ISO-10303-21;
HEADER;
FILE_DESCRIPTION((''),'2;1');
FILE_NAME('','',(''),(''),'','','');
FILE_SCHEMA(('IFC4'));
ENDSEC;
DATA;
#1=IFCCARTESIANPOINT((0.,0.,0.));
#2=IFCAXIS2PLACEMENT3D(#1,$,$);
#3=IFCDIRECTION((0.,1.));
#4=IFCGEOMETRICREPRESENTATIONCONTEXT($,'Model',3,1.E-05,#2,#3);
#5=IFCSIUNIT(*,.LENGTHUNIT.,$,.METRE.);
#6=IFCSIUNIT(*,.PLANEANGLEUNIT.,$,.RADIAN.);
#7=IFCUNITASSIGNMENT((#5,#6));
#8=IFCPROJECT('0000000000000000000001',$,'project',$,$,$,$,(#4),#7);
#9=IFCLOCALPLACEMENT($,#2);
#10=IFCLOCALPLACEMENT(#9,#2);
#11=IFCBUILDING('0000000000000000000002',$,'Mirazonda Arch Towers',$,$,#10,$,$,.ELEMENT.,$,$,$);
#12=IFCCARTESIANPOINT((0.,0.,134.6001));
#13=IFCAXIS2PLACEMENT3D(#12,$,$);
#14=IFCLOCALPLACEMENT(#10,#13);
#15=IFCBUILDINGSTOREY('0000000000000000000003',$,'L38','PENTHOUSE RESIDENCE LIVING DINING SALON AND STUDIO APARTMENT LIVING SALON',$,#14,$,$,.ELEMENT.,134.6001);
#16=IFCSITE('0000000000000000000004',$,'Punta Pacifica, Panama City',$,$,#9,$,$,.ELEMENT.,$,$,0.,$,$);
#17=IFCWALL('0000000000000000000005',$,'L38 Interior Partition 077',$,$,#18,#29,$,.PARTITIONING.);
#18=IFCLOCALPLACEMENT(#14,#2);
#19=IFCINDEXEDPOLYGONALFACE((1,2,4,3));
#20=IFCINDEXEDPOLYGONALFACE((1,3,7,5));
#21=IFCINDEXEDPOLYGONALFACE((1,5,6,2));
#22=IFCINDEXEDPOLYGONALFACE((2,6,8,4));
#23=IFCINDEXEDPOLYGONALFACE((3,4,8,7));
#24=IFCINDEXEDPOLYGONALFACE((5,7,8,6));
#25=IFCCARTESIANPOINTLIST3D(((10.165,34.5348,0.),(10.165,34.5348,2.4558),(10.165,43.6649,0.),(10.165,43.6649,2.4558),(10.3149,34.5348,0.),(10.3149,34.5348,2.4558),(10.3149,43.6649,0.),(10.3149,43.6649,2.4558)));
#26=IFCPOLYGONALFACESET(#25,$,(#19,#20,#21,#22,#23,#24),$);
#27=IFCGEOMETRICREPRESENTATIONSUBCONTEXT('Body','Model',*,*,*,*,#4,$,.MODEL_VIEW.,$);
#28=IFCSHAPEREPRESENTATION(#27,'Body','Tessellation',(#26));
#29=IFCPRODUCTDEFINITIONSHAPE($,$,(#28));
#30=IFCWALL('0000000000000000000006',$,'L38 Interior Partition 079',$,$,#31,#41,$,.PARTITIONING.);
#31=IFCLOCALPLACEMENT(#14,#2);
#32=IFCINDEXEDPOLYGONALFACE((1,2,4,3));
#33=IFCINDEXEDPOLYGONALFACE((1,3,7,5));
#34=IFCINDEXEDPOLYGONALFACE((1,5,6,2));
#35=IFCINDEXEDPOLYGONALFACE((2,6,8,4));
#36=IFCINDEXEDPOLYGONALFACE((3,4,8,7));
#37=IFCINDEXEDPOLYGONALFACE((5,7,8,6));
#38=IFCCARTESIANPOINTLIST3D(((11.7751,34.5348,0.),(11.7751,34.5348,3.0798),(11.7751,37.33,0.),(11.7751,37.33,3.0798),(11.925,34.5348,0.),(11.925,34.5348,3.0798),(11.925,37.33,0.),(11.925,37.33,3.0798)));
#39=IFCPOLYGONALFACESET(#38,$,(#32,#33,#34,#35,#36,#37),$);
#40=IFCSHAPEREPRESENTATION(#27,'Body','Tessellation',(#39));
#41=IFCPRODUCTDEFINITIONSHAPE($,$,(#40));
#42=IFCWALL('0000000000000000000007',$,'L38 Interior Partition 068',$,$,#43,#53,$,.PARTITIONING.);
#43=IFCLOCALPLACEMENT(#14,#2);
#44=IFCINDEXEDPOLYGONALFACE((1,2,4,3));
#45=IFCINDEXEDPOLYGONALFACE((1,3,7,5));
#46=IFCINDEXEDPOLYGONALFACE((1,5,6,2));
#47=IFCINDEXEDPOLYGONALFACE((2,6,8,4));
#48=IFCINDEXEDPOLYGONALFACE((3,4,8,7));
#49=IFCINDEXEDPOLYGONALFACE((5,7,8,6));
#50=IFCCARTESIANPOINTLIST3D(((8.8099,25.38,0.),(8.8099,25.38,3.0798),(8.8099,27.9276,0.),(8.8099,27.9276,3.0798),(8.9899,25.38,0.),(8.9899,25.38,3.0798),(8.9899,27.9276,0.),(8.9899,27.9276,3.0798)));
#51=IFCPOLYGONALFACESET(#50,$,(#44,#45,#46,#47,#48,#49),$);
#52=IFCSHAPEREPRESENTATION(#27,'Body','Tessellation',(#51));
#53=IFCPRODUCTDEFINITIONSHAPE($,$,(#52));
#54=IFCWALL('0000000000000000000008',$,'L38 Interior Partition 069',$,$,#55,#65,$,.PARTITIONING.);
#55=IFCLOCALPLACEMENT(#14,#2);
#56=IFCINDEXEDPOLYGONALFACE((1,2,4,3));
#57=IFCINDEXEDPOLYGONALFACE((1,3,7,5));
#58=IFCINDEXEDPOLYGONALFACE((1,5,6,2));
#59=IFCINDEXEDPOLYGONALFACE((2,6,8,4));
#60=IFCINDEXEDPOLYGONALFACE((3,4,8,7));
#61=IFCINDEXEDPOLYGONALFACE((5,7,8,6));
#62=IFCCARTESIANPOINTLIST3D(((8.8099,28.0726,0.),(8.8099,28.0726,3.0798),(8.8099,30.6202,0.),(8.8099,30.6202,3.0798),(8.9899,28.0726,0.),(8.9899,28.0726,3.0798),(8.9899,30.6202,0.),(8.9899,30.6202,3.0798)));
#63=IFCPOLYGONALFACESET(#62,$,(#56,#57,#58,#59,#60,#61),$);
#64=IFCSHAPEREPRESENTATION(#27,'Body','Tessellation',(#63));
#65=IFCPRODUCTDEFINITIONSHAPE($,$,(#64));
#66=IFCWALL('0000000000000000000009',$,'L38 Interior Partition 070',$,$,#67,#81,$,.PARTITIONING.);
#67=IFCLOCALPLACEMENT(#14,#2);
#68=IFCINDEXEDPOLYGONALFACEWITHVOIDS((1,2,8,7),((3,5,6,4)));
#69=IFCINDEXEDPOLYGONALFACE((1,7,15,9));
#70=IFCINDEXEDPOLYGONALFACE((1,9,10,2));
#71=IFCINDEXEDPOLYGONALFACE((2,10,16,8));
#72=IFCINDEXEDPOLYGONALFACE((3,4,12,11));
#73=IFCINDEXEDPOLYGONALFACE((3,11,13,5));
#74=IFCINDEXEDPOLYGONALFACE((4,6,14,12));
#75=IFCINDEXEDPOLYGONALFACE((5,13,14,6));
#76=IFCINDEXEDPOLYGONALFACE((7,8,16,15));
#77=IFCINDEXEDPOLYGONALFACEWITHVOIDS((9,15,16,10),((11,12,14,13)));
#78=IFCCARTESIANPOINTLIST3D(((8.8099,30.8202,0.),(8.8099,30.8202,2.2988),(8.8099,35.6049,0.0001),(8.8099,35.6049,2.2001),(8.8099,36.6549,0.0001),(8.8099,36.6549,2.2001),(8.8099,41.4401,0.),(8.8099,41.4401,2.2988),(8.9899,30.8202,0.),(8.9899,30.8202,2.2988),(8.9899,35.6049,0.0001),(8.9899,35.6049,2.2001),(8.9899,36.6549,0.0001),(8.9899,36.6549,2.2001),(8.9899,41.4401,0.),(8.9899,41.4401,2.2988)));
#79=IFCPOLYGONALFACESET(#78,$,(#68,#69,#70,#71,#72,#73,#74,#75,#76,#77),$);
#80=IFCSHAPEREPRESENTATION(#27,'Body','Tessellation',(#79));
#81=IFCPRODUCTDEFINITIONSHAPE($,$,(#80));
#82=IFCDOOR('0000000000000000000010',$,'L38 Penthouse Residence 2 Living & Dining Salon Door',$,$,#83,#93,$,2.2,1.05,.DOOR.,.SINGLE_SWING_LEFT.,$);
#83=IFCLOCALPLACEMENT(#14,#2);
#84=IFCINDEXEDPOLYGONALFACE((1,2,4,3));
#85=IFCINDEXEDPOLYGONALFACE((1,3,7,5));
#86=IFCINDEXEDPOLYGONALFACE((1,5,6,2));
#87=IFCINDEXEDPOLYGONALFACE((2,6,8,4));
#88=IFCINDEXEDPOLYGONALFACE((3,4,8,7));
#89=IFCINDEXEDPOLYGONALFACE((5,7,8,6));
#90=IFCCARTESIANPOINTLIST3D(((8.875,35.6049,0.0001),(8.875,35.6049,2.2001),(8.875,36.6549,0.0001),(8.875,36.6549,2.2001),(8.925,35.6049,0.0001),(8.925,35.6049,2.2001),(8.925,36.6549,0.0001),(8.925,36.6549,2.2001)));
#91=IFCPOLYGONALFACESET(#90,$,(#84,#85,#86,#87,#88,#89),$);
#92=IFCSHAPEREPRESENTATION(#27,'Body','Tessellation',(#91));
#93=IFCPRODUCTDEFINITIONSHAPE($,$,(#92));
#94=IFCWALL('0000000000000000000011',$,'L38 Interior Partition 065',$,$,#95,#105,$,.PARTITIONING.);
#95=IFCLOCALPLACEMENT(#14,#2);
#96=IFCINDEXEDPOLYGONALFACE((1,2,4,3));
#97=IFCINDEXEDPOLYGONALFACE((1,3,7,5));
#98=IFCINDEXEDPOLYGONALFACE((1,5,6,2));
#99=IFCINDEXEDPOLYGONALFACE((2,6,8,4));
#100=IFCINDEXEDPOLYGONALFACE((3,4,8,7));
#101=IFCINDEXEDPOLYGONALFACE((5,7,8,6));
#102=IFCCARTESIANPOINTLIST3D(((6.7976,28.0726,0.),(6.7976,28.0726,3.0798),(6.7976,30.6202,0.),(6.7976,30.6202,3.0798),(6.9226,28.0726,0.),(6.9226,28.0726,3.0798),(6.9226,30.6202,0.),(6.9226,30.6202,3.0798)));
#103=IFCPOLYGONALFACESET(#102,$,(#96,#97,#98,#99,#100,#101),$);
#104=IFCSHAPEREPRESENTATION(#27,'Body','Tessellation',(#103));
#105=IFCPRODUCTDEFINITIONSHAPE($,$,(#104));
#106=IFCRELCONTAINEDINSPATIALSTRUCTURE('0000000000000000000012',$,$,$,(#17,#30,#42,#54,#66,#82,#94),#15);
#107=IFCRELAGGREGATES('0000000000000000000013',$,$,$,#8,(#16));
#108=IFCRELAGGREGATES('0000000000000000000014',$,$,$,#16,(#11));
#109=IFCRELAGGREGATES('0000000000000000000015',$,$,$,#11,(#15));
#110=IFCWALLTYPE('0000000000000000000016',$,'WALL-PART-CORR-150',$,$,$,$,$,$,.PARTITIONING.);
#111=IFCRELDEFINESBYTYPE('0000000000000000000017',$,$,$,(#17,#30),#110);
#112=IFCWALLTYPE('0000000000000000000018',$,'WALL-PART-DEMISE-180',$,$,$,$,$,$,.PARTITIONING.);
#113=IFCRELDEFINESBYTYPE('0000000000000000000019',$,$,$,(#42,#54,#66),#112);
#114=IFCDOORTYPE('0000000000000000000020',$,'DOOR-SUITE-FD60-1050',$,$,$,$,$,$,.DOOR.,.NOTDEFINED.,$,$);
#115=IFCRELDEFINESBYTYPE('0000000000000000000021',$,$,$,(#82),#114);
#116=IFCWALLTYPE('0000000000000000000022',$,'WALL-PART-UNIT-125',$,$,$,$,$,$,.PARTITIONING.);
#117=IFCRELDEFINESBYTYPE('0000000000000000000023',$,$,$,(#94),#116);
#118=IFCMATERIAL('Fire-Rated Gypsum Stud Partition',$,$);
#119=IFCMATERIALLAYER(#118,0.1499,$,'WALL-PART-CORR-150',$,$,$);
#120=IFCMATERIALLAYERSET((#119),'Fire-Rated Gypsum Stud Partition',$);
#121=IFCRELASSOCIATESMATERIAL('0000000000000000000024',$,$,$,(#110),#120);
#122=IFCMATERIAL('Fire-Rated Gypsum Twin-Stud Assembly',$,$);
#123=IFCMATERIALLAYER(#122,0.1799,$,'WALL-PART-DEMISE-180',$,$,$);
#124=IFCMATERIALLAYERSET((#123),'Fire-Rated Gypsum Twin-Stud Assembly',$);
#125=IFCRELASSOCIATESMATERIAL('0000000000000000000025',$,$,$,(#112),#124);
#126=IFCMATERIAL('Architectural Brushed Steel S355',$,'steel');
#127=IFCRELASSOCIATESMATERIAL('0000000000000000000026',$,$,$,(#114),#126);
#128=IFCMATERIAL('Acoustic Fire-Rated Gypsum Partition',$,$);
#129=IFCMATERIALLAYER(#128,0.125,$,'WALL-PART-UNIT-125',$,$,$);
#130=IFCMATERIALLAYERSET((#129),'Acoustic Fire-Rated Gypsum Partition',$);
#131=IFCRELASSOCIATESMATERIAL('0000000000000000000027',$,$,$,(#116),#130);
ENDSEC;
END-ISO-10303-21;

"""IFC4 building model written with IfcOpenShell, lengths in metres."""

from ifc_helpers import new_model, si_unit, direction, frame, frame_2d, origin, place, context, subcontext, project, spatial, rectangle, extrude, material, layer, layer_set, type_object, element, fill, save


model = new_model("IFC4")

# Units and contexts
model_context = context("Model", 3, precision=1e-05, world=origin(), true_north=direction((0.0, 1.0)))
body_context = subcontext(model_context, "Body", "Model", "MODEL_VIEW")
ifc_project = project(units=[si_unit("LENGTHUNIT", "METRE"), si_unit("PLANEANGLEUNIT", "RADIAN")], contexts=[model_context])

# Site, building, storey
site_placement = place(None, origin())
site = spatial("IfcSite", under=ifc_project, at=site_placement, Name="Punta Pacifica, Panama City", CompositionType="ELEMENT", RefElevation=0.0)
building_placement = place(site_placement, origin())
building = spatial("IfcBuilding", under=site, at=building_placement, Name="Mirazonda Arch Towers", CompositionType="ELEMENT")
storey_placement = place(building_placement, frame((0.0, 0.0, 134.6001)))
storey = spatial("IfcBuildingStorey", under=building, at=storey_placement, Name="L38", Description="PENTHOUSE RESIDENCE LIVING DINING SALON AND STUDIO APARTMENT LIVING SALON", CompositionType="ELEMENT", Elevation=134.6001)

# Shared definitions
ifc_material_1 = material(Name="Architectural Brushed Steel S355", Category="steel")

# Shared definitions
ifc_material_2 = material(Name="Fire-Rated Gypsum Stud Partition")
ifc_layer_1 = layer(ifc_material_2, 0.1499, Name="WALL-PART-CORR-150")
ifc_layer_set_1 = layer_set([ifc_layer_1], Name="Fire-Rated Gypsum Stud Partition")
wall_type_1 = type_object("IfcWallType", Name="WALL-PART-CORR-150", PredefinedType="PARTITIONING", material=ifc_layer_set_1)

# Walls
wall_1_placement = place(storey_placement, frame((10.24, 34.5349, 0.0), z_axis=(0.0, 0.0, 1.0), x_axis=(0.0, 1.0, 0.0)))
element("IfcWall", 1, at=wall_1_placement, inside=storey, type_object=wall_type_1, Name="L38 Interior Partition 077", PredefinedType="PARTITIONING", context=body_context, shape_type="SweptSolid", body=[
    extrude(rectangle(XDim=9.1301, YDim=0.1499, at=frame_2d((4.5649, 0.0))), origin(), (0.0, 0.0, 1.0), 2.4558),
])
wall_2_placement = place(storey_placement, frame((11.8501, 34.5349, 0.0), z_axis=(0.0, 0.0, 1.0), x_axis=(0.0, 1.0, 0.0)))
element("IfcWall", 2, at=wall_2_placement, inside=storey, type_object=wall_type_1, Name="L38 Interior Partition 079", PredefinedType="PARTITIONING", context=body_context, shape_type="SweptSolid", body=[
    extrude(rectangle(XDim=2.7952, YDim=0.1499, at=frame_2d((1.3975, 0.0))), origin(), (0.0, 0.0, 1.0), 3.0798),
])
ifc_material_3 = material(Name="Fire-Rated Gypsum Twin-Stud Assembly")
ifc_layer_2 = layer(ifc_material_3, 0.1799, Name="WALL-PART-DEMISE-180")
ifc_layer_set_2 = layer_set([ifc_layer_2], Name="Fire-Rated Gypsum Twin-Stud Assembly")
wall_type_2 = type_object("IfcWallType", Name="WALL-PART-DEMISE-180", PredefinedType="PARTITIONING", material=ifc_layer_set_2)
for number, where, z_axis, x_axis, name in (
    (3, (8.8999, 25.3799, 0.0), (0.0, 0.0, 1.0), (0.0, 1.0, 0.0), "L38 Interior Partition 068"),
    (4, (8.8999, 28.0725, 0.0), (0.0, 0.0, 1.0), (0.0, 1.0, 0.0), "L38 Interior Partition 069"),
):
    element("IfcWall", number, at=place(storey_placement, frame(where, z_axis=z_axis, x_axis=x_axis)), inside=storey, type_object=wall_type_2, Name=name, PredefinedType="PARTITIONING", context=body_context, shape_type="SweptSolid", body=[
        extrude(rectangle(XDim=2.5476, YDim=0.1799, at=frame_2d((1.2739, 0.0))), origin(), (0.0, 0.0, 1.0), 3.0798),
    ])

# Wall, opening, door
wall_3_placement = place(storey_placement, frame((8.8999, 30.8201, 0.0), z_axis=(0.0, 0.0, 1.0), x_axis=(0.0, 1.0, 0.0)))
wall_3 = element("IfcWall", 5, at=wall_3_placement, inside=storey, type_object=wall_type_2, Name="L38 Interior Partition 070", PredefinedType="PARTITIONING", context=body_context, shape_type="SweptSolid", body=[
    extrude(rectangle(XDim=10.6199, YDim=0.1799, at=frame_2d((5.3101, 0.0))), origin(), (0.0, 0.0, 1.0), 2.2988),
])
opening_1_placement = place(wall_3_placement, frame((4.7849, 0.0, 0.0)))
opening_1 = element("IfcOpeningElement", 6, at=opening_1_placement, cuts=wall_3, PredefinedType="OPENING", context=body_context, shape_type="SweptSolid", body=[
    extrude(rectangle(XDim=1.05, YDim=2.2, at=frame_2d((0.5249, 1.1001))), frame((0.0, 0.0999, 0.0), z_axis=(0.0, -1.0, 0.0), x_axis=(1.0, 0.0, 0.0)), (0.0, 0.0, 1.0), 0.2),
])
door_type_1 = type_object("IfcDoorType", Name="DOOR-SUITE-FD60-1050", OperationType="NOTDEFINED", PredefinedType="DOOR", material=ifc_material_1)
door_1_placement = place(opening_1_placement, origin())
door_1 = element("IfcDoor", 7, at=door_1_placement, inside=storey, type_object=door_type_1, Name="L38 Penthouse Residence 2 Living & Dining Salon Door", OperationType="SINGLE_SWING_LEFT", OverallHeight=2.2, OverallWidth=1.05, PredefinedType="DOOR", context=body_context, shape_type="SweptSolid", body=[
    extrude(rectangle(XDim=1.05, YDim=2.2, at=frame_2d((0.5249, 1.1001))), frame((0.0, 0.0249, 0.0), z_axis=(0.0, -1.0, 0.0), x_axis=(1.0, 0.0, 0.0)), (0.0, 0.0, 1.0), 0.05),
])
fill(opening_1, door_1)

# Wall
ifc_material_4 = material(Name="Acoustic Fire-Rated Gypsum Partition")
ifc_layer_3 = layer(ifc_material_4, 0.125, Name="WALL-PART-UNIT-125")
ifc_layer_set_3 = layer_set([ifc_layer_3], Name="Acoustic Fire-Rated Gypsum Partition")
wall_type_3 = type_object("IfcWallType", Name="WALL-PART-UNIT-125", PredefinedType="PARTITIONING", material=ifc_layer_set_3)
wall_4_placement = place(storey_placement, frame((6.8601, 28.0725, 0.0), z_axis=(0.0, 0.0, 1.0), x_axis=(0.0, 1.0, 0.0)))
element("IfcWall", 8, at=wall_4_placement, inside=storey, type_object=wall_type_3, Name="L38 Interior Partition 065", PredefinedType="PARTITIONING", context=body_context, shape_type="SweptSolid", body=[
    extrude(rectangle(XDim=2.5476, YDim=0.125, at=frame_2d((1.2739, 0.0))), origin(), (0.0, 0.0, 1.0), 3.0798),
])

save(model, "model.ifc")
